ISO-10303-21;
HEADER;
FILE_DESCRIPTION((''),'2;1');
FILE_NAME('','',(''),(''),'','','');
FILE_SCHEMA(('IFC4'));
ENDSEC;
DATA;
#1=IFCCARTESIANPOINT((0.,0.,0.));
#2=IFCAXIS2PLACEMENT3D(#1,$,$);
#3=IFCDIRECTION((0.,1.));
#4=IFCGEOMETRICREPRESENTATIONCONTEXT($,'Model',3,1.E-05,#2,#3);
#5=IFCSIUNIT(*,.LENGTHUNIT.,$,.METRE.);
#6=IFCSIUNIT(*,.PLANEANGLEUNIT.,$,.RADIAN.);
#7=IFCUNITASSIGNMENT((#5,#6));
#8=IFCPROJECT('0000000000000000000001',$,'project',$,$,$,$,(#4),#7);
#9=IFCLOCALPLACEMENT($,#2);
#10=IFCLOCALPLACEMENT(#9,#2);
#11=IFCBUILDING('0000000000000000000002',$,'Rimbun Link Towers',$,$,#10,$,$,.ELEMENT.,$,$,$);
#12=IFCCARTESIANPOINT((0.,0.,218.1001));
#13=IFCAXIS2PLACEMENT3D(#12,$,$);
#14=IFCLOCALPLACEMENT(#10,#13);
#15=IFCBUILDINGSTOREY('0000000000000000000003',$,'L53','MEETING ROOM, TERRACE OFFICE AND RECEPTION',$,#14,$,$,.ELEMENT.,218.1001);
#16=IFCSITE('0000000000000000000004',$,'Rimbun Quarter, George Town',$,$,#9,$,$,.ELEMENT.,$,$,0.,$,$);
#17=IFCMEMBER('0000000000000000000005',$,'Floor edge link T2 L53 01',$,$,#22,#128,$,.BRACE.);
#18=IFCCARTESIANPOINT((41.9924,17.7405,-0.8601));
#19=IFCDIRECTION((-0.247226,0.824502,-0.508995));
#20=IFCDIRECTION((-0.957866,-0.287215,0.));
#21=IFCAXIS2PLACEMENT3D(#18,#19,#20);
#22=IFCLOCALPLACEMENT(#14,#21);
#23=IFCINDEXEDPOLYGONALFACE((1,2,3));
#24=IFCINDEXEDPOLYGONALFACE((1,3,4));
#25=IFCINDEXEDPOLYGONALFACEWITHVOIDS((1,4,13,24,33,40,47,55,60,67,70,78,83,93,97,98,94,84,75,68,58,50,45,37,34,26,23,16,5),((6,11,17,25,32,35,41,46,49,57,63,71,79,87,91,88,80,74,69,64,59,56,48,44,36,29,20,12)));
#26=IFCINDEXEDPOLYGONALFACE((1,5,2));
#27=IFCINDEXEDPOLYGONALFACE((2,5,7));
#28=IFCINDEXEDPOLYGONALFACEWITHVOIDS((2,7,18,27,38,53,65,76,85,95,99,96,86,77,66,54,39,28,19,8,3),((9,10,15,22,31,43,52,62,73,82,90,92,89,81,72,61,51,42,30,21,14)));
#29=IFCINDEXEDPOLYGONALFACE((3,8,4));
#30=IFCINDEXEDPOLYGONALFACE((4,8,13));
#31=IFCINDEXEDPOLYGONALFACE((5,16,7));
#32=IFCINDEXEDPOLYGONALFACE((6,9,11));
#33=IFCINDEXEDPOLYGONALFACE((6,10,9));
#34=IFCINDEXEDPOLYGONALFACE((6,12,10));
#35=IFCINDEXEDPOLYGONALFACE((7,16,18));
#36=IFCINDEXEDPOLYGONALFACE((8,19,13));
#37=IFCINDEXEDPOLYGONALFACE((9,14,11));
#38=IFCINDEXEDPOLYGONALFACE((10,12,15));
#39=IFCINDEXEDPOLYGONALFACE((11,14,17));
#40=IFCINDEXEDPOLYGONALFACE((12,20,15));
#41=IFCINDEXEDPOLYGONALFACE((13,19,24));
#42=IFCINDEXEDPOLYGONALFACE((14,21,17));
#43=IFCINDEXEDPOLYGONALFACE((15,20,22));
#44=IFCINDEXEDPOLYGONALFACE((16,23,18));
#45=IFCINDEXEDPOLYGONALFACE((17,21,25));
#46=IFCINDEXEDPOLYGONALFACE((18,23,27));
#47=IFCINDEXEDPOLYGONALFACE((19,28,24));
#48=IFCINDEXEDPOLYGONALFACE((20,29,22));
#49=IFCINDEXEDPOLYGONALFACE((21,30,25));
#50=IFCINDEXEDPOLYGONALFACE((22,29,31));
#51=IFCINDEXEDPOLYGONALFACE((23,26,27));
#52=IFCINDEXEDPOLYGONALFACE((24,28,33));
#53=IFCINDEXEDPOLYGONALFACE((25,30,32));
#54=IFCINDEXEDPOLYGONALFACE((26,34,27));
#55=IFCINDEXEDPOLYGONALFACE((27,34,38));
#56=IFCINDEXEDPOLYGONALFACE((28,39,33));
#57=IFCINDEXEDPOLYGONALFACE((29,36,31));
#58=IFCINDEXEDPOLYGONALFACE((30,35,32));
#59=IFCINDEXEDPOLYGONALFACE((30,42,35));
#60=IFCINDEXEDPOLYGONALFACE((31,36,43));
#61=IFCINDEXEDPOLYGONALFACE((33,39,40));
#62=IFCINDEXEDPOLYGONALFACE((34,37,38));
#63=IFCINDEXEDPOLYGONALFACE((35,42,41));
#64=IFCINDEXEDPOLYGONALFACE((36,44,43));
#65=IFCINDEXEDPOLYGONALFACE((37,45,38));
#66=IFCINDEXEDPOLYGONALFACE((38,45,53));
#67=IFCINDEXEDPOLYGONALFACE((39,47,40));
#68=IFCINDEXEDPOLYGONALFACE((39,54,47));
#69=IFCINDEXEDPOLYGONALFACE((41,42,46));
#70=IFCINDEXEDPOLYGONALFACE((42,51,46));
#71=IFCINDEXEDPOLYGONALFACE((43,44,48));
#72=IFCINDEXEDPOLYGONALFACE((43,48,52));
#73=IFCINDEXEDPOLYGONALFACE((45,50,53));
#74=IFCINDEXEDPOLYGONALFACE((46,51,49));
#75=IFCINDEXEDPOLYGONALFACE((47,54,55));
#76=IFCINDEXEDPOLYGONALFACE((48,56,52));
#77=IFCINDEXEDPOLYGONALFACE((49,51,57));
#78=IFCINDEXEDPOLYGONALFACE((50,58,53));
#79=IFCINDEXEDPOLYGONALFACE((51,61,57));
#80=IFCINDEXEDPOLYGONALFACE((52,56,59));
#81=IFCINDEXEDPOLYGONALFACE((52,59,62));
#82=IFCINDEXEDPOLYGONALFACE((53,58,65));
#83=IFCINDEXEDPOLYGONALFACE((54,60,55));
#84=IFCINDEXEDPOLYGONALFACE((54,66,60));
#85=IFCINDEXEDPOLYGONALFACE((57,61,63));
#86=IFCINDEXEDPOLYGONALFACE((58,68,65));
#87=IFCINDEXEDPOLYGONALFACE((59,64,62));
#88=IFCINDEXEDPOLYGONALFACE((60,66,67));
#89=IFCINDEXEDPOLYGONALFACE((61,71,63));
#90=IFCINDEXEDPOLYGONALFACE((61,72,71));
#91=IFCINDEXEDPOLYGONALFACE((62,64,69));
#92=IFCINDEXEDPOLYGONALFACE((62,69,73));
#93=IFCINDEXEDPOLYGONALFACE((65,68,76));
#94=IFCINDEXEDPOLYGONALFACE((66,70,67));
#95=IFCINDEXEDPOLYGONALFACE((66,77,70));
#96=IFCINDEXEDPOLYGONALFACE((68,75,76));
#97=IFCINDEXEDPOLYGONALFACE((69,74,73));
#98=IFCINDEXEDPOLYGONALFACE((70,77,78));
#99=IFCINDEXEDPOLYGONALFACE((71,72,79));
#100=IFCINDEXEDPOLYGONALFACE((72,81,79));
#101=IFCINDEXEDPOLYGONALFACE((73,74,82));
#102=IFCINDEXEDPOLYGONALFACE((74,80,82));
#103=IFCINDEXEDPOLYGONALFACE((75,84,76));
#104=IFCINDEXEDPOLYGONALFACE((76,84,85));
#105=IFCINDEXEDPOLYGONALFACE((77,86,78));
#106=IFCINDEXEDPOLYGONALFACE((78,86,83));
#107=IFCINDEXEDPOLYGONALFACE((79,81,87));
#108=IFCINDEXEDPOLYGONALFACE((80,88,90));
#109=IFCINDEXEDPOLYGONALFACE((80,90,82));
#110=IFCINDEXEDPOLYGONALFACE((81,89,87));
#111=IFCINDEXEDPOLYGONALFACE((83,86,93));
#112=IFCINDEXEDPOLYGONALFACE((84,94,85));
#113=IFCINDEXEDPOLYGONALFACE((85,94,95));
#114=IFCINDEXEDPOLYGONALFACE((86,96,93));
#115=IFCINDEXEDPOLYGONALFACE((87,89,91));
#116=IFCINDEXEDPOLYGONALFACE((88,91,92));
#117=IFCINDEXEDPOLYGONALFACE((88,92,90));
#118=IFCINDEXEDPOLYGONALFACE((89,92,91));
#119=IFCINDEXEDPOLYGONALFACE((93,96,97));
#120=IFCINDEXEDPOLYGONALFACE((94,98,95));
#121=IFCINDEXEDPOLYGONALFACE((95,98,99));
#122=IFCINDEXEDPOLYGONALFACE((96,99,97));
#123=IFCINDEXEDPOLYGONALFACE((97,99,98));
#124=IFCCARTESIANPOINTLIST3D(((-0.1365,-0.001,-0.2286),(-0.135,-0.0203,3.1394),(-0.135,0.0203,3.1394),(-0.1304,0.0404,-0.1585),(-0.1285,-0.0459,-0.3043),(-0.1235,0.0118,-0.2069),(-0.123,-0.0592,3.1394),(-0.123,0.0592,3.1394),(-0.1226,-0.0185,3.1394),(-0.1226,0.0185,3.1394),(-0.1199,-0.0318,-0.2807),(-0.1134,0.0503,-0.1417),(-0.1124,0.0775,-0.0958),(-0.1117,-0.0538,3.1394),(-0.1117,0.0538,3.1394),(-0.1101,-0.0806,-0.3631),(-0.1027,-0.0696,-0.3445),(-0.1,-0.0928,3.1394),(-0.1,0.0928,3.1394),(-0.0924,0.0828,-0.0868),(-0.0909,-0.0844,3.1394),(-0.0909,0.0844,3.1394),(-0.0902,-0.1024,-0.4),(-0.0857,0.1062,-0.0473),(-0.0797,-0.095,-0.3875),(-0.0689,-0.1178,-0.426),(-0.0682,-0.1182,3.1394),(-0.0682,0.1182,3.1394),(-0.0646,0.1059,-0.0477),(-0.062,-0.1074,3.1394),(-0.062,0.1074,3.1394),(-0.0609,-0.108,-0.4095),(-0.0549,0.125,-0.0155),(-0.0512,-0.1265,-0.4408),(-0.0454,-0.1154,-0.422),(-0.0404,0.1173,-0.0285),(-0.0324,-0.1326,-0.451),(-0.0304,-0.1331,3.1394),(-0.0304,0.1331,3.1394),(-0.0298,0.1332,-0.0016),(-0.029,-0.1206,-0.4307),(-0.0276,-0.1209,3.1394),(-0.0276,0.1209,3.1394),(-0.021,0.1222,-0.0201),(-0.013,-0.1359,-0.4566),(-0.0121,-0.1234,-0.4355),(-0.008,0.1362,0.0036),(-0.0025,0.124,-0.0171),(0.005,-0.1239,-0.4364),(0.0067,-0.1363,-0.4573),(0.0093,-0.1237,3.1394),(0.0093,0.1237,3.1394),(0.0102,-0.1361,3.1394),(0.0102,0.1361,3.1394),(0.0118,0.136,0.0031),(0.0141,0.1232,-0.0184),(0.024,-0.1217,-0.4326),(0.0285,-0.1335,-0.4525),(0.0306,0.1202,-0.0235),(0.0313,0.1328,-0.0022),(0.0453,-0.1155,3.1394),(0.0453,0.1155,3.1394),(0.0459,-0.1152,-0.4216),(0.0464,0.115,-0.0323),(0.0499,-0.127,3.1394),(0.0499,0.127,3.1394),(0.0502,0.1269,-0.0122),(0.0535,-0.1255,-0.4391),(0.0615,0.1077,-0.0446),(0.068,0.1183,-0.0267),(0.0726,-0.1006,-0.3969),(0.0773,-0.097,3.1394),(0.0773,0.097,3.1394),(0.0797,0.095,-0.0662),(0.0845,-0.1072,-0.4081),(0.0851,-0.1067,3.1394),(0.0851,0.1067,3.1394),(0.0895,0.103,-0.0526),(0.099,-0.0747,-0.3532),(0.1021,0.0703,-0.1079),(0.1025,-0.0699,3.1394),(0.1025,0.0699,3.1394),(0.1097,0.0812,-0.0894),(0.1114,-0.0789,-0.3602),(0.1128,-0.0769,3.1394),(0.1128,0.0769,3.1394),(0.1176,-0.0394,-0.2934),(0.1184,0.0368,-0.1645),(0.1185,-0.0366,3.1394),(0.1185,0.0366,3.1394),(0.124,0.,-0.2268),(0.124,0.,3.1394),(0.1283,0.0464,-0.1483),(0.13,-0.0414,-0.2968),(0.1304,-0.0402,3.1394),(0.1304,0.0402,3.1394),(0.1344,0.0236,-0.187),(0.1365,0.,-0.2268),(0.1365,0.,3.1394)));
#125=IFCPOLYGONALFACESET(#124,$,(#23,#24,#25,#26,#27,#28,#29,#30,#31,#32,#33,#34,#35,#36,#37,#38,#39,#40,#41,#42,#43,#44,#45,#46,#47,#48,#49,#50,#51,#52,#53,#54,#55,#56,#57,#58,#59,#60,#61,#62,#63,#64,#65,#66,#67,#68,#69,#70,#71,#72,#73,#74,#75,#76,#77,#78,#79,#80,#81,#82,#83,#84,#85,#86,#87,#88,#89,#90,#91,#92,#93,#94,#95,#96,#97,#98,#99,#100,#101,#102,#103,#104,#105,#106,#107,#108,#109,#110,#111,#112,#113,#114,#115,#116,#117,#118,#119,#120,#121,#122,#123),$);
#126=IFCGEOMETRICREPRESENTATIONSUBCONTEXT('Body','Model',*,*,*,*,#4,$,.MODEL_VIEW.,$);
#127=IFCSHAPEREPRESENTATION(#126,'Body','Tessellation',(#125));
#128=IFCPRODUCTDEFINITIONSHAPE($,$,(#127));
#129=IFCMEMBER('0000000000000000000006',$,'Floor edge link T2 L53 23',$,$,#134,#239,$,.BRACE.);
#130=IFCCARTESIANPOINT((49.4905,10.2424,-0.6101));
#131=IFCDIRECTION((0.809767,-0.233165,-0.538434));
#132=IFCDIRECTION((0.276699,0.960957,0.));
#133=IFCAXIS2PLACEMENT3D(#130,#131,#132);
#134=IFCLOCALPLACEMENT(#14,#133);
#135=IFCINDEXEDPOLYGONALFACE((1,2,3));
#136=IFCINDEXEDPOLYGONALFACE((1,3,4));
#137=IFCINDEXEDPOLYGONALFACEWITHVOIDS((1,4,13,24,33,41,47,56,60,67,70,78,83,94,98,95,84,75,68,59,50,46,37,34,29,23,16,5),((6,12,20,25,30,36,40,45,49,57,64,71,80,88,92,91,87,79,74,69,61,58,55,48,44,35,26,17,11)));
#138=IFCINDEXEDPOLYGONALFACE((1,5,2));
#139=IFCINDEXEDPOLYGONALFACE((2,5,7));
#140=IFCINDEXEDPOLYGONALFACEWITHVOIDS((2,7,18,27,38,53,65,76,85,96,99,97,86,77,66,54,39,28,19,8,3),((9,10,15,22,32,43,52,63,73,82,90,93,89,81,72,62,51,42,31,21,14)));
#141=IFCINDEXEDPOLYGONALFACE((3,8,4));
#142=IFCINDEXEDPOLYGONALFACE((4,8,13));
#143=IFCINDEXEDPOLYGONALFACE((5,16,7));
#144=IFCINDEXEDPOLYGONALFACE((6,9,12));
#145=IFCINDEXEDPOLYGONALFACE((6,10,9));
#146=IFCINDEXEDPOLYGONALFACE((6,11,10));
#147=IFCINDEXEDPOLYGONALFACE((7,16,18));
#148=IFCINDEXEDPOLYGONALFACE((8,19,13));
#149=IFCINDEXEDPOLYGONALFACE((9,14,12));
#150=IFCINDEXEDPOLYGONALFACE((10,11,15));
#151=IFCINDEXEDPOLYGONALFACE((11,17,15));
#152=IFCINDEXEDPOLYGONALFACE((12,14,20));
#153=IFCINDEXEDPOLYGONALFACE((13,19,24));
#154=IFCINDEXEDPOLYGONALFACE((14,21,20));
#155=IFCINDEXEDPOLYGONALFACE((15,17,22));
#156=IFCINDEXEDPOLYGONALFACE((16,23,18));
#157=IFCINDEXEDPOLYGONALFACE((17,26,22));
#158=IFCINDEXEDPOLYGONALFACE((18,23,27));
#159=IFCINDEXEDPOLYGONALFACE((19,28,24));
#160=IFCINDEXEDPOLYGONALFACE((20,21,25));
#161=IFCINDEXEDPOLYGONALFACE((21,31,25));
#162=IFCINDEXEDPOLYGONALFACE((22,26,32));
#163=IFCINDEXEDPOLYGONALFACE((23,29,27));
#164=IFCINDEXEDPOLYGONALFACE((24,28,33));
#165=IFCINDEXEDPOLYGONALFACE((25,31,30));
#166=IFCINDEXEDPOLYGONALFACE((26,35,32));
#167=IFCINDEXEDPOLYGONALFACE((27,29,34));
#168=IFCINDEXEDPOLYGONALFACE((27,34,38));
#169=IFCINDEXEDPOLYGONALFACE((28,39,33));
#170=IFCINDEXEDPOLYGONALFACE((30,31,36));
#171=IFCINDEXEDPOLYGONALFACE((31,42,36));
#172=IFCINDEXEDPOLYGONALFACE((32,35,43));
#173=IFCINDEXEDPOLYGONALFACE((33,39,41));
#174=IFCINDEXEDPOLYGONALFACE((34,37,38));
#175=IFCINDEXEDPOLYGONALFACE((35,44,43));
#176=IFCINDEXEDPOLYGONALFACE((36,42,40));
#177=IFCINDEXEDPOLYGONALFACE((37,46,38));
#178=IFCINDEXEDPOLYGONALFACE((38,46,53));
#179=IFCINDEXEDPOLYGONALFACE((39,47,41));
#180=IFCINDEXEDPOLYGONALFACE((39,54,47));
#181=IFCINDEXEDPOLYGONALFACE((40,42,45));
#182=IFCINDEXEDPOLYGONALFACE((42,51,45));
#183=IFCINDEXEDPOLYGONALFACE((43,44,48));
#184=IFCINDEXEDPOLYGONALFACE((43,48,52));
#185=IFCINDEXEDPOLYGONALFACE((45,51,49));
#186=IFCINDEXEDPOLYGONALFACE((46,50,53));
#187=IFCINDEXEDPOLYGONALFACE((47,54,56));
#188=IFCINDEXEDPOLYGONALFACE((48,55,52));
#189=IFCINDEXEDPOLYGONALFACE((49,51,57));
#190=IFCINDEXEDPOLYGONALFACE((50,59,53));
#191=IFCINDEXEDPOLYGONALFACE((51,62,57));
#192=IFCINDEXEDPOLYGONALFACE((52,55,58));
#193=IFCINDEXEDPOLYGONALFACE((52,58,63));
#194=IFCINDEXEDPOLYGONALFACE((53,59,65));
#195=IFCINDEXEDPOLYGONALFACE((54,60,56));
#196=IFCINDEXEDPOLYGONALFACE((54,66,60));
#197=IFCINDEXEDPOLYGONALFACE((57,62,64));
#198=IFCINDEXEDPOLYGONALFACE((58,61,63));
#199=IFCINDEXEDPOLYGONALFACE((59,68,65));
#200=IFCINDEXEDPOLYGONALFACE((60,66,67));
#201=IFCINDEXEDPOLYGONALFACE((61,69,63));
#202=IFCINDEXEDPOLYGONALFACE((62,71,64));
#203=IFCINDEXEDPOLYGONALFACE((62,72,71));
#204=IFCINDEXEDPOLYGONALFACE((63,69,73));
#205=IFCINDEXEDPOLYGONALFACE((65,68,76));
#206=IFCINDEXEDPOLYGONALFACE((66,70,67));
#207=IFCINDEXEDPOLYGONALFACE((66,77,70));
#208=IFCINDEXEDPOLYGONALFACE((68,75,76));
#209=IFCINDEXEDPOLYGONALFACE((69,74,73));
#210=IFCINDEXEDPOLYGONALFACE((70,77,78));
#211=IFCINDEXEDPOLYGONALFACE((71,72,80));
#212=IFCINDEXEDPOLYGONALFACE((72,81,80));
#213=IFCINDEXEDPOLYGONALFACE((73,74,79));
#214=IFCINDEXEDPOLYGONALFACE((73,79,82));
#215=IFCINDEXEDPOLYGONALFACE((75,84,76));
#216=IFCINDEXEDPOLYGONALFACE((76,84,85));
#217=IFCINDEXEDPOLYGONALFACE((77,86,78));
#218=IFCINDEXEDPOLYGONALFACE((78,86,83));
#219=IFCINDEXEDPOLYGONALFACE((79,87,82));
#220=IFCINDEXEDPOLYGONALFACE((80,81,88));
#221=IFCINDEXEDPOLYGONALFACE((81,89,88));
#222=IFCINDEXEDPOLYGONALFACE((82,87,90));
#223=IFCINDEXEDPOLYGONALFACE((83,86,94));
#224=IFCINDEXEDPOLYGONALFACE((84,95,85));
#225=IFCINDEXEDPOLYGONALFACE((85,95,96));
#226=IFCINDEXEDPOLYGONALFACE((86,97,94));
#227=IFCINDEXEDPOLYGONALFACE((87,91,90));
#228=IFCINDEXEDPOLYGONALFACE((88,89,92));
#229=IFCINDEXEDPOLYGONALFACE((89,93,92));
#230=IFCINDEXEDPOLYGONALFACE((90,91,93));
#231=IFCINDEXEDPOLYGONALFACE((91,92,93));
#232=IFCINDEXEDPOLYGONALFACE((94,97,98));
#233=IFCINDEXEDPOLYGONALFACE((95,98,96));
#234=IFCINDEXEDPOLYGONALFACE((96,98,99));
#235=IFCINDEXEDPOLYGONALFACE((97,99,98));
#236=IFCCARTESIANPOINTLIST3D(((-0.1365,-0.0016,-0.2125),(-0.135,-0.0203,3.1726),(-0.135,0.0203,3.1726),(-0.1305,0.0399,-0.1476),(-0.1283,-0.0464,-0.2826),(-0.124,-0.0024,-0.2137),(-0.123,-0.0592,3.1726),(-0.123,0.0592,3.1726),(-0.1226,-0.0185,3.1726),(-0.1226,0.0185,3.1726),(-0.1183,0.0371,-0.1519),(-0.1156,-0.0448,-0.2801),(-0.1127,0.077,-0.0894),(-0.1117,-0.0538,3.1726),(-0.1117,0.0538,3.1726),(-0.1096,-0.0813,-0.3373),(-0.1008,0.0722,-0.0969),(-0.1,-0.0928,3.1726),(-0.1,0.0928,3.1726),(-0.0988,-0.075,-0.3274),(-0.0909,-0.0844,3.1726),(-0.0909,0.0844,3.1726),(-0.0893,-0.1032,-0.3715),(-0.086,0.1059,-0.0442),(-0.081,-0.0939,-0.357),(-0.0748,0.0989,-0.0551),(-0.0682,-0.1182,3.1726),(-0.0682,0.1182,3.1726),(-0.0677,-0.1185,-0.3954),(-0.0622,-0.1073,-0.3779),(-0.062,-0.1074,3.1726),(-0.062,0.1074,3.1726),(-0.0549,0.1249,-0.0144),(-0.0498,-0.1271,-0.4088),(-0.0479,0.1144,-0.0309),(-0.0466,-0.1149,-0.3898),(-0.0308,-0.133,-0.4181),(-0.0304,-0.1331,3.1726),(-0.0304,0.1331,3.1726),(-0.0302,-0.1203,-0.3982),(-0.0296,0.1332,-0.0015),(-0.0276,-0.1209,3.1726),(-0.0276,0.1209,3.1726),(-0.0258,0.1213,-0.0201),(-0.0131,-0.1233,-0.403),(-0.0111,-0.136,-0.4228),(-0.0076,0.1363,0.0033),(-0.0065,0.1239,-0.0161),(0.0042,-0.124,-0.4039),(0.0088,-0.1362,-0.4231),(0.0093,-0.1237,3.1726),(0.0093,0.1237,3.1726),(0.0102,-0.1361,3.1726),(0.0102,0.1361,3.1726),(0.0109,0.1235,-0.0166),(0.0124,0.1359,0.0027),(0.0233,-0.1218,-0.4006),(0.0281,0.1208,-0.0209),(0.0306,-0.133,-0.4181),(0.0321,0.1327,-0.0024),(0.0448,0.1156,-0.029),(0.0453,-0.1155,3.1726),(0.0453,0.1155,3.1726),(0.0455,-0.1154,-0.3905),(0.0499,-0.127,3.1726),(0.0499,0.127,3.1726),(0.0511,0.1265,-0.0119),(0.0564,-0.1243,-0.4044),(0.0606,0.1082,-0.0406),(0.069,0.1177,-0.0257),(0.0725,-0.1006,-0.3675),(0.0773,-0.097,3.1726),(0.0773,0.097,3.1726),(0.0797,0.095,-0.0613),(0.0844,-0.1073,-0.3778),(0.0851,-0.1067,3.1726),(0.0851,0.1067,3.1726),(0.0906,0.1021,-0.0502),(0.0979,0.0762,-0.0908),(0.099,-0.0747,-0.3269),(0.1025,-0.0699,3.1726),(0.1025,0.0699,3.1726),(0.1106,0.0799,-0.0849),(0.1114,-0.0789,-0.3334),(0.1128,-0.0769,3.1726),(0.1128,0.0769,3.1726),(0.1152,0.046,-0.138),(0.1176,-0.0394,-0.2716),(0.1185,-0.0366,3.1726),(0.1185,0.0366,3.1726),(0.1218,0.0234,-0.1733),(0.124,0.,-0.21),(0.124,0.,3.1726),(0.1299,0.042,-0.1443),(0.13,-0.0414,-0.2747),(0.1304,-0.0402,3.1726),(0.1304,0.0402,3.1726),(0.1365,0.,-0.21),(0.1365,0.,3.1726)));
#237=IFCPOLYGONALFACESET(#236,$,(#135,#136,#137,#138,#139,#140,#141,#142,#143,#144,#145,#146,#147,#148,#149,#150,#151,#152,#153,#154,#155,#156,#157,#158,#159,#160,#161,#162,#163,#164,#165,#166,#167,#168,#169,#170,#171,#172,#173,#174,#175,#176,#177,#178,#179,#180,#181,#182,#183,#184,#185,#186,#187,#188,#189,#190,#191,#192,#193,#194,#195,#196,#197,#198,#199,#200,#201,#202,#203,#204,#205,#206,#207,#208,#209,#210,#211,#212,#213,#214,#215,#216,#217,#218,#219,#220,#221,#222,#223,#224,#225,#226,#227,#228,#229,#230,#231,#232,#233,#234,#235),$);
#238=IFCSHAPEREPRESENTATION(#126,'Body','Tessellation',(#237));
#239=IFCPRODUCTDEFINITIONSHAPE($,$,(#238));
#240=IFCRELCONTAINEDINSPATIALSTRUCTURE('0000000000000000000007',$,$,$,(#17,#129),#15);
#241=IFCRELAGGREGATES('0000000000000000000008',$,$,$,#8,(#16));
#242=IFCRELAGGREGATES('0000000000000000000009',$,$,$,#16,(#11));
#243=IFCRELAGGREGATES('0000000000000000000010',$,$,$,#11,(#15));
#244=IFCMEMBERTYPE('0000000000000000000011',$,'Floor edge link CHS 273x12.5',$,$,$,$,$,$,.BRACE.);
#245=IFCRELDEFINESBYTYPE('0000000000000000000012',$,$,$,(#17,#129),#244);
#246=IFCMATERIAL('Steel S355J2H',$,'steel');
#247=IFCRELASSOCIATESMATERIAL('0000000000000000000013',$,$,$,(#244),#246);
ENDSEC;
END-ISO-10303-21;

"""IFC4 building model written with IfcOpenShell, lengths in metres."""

from ifc_helpers import new_model, si_unit, direction, frame, origin, origin_2d, place, context, subcontext, project, spatial, hollow_circle, extrude, clip, halfspace, material, material_profile, profile_set, type_object, element, save


model = new_model("IFC4")

# Units and contexts
model_context = context("Model", 3, precision=1e-05, world=origin(), true_north=direction((0.0, 1.0)))
body_context = subcontext(model_context, "Body", "Model", "MODEL_VIEW")
ifc_project = project(units=[si_unit("LENGTHUNIT", "METRE"), si_unit("PLANEANGLEUNIT", "RADIAN")], contexts=[model_context])

# Site, building, storey
site_placement = place(None, origin())
site = spatial("IfcSite", under=ifc_project, at=site_placement, Name="Rimbun Quarter, George Town", CompositionType="ELEMENT", RefElevation=0.0)
building_placement = place(site_placement, origin())
building = spatial("IfcBuilding", under=site, at=building_placement, Name="Rimbun Link Towers", CompositionType="ELEMENT")
storey_placement = place(building_placement, frame((0.0, 0.0, 218.1001)))
storey = spatial("IfcBuildingStorey", under=building, at=storey_placement, Name="L53", Description="MEETING ROOM, TERRACE OFFICE AND RECEPTION", CompositionType="ELEMENT", Elevation=218.1001)

# Members
ifc_material_1 = material(Name="Steel S355J2H", Category="steel")
ifc_material_profile_1 = material_profile(ifc_material_1, hollow_circle(Radius=0.1365, WallThickness=0.0125, at=origin_2d()), Name="CHS 273x12.5")
ifc_profile_set_1 = profile_set([ifc_material_profile_1], Name="Steel S355J2H")
member_type_1 = type_object("IfcMemberType", Name="Floor edge link CHS 273x12.5", PredefinedType="BRACE", material=ifc_profile_set_1)
member_1_placement = place(storey_placement, frame((41.9924, 17.7405, -0.8601), z_axis=(-0.247226, 0.824502, -0.508995), x_axis=(-0.957866, -0.287215, 0.0)))
element("IfcMember", 1, at=member_1_placement, inside=storey, type_object=member_type_1, Name="Floor edge link T2 L53 01", PredefinedType="BRACE", context=body_context, shape_type="Clipping", body=[
    clip(extrude(hollow_circle(Radius=0.1365, WallThickness=0.0125, at=origin_2d()), frame((0.0, 0.0, -0.4812)), (0.0, 0.0, 1.0), 3.6206), halfspace(frame((0.0, 0.0, -0.2268), z_axis=(0.0, 0.860769, -0.508995)), False)),
])
member_2_placement = place(storey_placement, frame((49.4905, 10.2424, -0.6101), z_axis=(0.809767, -0.233165, -0.538434), x_axis=(0.276699, 0.960957, 0.0)))
element("IfcMember", 2, at=member_2_placement, inside=storey, type_object=member_type_1, Name="Floor edge link T2 L53 23", PredefinedType="BRACE", context=body_context, shape_type="Clipping", body=[
    clip(extrude(hollow_circle(Radius=0.1365, WallThickness=0.0125, at=origin_2d()), frame((0.0, 0.0, -0.4458)), (0.0, 0.0, 1.0), 3.6184), halfspace(frame((0.0, 0.0, -0.21), z_axis=(0.0, 0.842668, -0.538434)), False)),
])

save(model, "model.ifc")
